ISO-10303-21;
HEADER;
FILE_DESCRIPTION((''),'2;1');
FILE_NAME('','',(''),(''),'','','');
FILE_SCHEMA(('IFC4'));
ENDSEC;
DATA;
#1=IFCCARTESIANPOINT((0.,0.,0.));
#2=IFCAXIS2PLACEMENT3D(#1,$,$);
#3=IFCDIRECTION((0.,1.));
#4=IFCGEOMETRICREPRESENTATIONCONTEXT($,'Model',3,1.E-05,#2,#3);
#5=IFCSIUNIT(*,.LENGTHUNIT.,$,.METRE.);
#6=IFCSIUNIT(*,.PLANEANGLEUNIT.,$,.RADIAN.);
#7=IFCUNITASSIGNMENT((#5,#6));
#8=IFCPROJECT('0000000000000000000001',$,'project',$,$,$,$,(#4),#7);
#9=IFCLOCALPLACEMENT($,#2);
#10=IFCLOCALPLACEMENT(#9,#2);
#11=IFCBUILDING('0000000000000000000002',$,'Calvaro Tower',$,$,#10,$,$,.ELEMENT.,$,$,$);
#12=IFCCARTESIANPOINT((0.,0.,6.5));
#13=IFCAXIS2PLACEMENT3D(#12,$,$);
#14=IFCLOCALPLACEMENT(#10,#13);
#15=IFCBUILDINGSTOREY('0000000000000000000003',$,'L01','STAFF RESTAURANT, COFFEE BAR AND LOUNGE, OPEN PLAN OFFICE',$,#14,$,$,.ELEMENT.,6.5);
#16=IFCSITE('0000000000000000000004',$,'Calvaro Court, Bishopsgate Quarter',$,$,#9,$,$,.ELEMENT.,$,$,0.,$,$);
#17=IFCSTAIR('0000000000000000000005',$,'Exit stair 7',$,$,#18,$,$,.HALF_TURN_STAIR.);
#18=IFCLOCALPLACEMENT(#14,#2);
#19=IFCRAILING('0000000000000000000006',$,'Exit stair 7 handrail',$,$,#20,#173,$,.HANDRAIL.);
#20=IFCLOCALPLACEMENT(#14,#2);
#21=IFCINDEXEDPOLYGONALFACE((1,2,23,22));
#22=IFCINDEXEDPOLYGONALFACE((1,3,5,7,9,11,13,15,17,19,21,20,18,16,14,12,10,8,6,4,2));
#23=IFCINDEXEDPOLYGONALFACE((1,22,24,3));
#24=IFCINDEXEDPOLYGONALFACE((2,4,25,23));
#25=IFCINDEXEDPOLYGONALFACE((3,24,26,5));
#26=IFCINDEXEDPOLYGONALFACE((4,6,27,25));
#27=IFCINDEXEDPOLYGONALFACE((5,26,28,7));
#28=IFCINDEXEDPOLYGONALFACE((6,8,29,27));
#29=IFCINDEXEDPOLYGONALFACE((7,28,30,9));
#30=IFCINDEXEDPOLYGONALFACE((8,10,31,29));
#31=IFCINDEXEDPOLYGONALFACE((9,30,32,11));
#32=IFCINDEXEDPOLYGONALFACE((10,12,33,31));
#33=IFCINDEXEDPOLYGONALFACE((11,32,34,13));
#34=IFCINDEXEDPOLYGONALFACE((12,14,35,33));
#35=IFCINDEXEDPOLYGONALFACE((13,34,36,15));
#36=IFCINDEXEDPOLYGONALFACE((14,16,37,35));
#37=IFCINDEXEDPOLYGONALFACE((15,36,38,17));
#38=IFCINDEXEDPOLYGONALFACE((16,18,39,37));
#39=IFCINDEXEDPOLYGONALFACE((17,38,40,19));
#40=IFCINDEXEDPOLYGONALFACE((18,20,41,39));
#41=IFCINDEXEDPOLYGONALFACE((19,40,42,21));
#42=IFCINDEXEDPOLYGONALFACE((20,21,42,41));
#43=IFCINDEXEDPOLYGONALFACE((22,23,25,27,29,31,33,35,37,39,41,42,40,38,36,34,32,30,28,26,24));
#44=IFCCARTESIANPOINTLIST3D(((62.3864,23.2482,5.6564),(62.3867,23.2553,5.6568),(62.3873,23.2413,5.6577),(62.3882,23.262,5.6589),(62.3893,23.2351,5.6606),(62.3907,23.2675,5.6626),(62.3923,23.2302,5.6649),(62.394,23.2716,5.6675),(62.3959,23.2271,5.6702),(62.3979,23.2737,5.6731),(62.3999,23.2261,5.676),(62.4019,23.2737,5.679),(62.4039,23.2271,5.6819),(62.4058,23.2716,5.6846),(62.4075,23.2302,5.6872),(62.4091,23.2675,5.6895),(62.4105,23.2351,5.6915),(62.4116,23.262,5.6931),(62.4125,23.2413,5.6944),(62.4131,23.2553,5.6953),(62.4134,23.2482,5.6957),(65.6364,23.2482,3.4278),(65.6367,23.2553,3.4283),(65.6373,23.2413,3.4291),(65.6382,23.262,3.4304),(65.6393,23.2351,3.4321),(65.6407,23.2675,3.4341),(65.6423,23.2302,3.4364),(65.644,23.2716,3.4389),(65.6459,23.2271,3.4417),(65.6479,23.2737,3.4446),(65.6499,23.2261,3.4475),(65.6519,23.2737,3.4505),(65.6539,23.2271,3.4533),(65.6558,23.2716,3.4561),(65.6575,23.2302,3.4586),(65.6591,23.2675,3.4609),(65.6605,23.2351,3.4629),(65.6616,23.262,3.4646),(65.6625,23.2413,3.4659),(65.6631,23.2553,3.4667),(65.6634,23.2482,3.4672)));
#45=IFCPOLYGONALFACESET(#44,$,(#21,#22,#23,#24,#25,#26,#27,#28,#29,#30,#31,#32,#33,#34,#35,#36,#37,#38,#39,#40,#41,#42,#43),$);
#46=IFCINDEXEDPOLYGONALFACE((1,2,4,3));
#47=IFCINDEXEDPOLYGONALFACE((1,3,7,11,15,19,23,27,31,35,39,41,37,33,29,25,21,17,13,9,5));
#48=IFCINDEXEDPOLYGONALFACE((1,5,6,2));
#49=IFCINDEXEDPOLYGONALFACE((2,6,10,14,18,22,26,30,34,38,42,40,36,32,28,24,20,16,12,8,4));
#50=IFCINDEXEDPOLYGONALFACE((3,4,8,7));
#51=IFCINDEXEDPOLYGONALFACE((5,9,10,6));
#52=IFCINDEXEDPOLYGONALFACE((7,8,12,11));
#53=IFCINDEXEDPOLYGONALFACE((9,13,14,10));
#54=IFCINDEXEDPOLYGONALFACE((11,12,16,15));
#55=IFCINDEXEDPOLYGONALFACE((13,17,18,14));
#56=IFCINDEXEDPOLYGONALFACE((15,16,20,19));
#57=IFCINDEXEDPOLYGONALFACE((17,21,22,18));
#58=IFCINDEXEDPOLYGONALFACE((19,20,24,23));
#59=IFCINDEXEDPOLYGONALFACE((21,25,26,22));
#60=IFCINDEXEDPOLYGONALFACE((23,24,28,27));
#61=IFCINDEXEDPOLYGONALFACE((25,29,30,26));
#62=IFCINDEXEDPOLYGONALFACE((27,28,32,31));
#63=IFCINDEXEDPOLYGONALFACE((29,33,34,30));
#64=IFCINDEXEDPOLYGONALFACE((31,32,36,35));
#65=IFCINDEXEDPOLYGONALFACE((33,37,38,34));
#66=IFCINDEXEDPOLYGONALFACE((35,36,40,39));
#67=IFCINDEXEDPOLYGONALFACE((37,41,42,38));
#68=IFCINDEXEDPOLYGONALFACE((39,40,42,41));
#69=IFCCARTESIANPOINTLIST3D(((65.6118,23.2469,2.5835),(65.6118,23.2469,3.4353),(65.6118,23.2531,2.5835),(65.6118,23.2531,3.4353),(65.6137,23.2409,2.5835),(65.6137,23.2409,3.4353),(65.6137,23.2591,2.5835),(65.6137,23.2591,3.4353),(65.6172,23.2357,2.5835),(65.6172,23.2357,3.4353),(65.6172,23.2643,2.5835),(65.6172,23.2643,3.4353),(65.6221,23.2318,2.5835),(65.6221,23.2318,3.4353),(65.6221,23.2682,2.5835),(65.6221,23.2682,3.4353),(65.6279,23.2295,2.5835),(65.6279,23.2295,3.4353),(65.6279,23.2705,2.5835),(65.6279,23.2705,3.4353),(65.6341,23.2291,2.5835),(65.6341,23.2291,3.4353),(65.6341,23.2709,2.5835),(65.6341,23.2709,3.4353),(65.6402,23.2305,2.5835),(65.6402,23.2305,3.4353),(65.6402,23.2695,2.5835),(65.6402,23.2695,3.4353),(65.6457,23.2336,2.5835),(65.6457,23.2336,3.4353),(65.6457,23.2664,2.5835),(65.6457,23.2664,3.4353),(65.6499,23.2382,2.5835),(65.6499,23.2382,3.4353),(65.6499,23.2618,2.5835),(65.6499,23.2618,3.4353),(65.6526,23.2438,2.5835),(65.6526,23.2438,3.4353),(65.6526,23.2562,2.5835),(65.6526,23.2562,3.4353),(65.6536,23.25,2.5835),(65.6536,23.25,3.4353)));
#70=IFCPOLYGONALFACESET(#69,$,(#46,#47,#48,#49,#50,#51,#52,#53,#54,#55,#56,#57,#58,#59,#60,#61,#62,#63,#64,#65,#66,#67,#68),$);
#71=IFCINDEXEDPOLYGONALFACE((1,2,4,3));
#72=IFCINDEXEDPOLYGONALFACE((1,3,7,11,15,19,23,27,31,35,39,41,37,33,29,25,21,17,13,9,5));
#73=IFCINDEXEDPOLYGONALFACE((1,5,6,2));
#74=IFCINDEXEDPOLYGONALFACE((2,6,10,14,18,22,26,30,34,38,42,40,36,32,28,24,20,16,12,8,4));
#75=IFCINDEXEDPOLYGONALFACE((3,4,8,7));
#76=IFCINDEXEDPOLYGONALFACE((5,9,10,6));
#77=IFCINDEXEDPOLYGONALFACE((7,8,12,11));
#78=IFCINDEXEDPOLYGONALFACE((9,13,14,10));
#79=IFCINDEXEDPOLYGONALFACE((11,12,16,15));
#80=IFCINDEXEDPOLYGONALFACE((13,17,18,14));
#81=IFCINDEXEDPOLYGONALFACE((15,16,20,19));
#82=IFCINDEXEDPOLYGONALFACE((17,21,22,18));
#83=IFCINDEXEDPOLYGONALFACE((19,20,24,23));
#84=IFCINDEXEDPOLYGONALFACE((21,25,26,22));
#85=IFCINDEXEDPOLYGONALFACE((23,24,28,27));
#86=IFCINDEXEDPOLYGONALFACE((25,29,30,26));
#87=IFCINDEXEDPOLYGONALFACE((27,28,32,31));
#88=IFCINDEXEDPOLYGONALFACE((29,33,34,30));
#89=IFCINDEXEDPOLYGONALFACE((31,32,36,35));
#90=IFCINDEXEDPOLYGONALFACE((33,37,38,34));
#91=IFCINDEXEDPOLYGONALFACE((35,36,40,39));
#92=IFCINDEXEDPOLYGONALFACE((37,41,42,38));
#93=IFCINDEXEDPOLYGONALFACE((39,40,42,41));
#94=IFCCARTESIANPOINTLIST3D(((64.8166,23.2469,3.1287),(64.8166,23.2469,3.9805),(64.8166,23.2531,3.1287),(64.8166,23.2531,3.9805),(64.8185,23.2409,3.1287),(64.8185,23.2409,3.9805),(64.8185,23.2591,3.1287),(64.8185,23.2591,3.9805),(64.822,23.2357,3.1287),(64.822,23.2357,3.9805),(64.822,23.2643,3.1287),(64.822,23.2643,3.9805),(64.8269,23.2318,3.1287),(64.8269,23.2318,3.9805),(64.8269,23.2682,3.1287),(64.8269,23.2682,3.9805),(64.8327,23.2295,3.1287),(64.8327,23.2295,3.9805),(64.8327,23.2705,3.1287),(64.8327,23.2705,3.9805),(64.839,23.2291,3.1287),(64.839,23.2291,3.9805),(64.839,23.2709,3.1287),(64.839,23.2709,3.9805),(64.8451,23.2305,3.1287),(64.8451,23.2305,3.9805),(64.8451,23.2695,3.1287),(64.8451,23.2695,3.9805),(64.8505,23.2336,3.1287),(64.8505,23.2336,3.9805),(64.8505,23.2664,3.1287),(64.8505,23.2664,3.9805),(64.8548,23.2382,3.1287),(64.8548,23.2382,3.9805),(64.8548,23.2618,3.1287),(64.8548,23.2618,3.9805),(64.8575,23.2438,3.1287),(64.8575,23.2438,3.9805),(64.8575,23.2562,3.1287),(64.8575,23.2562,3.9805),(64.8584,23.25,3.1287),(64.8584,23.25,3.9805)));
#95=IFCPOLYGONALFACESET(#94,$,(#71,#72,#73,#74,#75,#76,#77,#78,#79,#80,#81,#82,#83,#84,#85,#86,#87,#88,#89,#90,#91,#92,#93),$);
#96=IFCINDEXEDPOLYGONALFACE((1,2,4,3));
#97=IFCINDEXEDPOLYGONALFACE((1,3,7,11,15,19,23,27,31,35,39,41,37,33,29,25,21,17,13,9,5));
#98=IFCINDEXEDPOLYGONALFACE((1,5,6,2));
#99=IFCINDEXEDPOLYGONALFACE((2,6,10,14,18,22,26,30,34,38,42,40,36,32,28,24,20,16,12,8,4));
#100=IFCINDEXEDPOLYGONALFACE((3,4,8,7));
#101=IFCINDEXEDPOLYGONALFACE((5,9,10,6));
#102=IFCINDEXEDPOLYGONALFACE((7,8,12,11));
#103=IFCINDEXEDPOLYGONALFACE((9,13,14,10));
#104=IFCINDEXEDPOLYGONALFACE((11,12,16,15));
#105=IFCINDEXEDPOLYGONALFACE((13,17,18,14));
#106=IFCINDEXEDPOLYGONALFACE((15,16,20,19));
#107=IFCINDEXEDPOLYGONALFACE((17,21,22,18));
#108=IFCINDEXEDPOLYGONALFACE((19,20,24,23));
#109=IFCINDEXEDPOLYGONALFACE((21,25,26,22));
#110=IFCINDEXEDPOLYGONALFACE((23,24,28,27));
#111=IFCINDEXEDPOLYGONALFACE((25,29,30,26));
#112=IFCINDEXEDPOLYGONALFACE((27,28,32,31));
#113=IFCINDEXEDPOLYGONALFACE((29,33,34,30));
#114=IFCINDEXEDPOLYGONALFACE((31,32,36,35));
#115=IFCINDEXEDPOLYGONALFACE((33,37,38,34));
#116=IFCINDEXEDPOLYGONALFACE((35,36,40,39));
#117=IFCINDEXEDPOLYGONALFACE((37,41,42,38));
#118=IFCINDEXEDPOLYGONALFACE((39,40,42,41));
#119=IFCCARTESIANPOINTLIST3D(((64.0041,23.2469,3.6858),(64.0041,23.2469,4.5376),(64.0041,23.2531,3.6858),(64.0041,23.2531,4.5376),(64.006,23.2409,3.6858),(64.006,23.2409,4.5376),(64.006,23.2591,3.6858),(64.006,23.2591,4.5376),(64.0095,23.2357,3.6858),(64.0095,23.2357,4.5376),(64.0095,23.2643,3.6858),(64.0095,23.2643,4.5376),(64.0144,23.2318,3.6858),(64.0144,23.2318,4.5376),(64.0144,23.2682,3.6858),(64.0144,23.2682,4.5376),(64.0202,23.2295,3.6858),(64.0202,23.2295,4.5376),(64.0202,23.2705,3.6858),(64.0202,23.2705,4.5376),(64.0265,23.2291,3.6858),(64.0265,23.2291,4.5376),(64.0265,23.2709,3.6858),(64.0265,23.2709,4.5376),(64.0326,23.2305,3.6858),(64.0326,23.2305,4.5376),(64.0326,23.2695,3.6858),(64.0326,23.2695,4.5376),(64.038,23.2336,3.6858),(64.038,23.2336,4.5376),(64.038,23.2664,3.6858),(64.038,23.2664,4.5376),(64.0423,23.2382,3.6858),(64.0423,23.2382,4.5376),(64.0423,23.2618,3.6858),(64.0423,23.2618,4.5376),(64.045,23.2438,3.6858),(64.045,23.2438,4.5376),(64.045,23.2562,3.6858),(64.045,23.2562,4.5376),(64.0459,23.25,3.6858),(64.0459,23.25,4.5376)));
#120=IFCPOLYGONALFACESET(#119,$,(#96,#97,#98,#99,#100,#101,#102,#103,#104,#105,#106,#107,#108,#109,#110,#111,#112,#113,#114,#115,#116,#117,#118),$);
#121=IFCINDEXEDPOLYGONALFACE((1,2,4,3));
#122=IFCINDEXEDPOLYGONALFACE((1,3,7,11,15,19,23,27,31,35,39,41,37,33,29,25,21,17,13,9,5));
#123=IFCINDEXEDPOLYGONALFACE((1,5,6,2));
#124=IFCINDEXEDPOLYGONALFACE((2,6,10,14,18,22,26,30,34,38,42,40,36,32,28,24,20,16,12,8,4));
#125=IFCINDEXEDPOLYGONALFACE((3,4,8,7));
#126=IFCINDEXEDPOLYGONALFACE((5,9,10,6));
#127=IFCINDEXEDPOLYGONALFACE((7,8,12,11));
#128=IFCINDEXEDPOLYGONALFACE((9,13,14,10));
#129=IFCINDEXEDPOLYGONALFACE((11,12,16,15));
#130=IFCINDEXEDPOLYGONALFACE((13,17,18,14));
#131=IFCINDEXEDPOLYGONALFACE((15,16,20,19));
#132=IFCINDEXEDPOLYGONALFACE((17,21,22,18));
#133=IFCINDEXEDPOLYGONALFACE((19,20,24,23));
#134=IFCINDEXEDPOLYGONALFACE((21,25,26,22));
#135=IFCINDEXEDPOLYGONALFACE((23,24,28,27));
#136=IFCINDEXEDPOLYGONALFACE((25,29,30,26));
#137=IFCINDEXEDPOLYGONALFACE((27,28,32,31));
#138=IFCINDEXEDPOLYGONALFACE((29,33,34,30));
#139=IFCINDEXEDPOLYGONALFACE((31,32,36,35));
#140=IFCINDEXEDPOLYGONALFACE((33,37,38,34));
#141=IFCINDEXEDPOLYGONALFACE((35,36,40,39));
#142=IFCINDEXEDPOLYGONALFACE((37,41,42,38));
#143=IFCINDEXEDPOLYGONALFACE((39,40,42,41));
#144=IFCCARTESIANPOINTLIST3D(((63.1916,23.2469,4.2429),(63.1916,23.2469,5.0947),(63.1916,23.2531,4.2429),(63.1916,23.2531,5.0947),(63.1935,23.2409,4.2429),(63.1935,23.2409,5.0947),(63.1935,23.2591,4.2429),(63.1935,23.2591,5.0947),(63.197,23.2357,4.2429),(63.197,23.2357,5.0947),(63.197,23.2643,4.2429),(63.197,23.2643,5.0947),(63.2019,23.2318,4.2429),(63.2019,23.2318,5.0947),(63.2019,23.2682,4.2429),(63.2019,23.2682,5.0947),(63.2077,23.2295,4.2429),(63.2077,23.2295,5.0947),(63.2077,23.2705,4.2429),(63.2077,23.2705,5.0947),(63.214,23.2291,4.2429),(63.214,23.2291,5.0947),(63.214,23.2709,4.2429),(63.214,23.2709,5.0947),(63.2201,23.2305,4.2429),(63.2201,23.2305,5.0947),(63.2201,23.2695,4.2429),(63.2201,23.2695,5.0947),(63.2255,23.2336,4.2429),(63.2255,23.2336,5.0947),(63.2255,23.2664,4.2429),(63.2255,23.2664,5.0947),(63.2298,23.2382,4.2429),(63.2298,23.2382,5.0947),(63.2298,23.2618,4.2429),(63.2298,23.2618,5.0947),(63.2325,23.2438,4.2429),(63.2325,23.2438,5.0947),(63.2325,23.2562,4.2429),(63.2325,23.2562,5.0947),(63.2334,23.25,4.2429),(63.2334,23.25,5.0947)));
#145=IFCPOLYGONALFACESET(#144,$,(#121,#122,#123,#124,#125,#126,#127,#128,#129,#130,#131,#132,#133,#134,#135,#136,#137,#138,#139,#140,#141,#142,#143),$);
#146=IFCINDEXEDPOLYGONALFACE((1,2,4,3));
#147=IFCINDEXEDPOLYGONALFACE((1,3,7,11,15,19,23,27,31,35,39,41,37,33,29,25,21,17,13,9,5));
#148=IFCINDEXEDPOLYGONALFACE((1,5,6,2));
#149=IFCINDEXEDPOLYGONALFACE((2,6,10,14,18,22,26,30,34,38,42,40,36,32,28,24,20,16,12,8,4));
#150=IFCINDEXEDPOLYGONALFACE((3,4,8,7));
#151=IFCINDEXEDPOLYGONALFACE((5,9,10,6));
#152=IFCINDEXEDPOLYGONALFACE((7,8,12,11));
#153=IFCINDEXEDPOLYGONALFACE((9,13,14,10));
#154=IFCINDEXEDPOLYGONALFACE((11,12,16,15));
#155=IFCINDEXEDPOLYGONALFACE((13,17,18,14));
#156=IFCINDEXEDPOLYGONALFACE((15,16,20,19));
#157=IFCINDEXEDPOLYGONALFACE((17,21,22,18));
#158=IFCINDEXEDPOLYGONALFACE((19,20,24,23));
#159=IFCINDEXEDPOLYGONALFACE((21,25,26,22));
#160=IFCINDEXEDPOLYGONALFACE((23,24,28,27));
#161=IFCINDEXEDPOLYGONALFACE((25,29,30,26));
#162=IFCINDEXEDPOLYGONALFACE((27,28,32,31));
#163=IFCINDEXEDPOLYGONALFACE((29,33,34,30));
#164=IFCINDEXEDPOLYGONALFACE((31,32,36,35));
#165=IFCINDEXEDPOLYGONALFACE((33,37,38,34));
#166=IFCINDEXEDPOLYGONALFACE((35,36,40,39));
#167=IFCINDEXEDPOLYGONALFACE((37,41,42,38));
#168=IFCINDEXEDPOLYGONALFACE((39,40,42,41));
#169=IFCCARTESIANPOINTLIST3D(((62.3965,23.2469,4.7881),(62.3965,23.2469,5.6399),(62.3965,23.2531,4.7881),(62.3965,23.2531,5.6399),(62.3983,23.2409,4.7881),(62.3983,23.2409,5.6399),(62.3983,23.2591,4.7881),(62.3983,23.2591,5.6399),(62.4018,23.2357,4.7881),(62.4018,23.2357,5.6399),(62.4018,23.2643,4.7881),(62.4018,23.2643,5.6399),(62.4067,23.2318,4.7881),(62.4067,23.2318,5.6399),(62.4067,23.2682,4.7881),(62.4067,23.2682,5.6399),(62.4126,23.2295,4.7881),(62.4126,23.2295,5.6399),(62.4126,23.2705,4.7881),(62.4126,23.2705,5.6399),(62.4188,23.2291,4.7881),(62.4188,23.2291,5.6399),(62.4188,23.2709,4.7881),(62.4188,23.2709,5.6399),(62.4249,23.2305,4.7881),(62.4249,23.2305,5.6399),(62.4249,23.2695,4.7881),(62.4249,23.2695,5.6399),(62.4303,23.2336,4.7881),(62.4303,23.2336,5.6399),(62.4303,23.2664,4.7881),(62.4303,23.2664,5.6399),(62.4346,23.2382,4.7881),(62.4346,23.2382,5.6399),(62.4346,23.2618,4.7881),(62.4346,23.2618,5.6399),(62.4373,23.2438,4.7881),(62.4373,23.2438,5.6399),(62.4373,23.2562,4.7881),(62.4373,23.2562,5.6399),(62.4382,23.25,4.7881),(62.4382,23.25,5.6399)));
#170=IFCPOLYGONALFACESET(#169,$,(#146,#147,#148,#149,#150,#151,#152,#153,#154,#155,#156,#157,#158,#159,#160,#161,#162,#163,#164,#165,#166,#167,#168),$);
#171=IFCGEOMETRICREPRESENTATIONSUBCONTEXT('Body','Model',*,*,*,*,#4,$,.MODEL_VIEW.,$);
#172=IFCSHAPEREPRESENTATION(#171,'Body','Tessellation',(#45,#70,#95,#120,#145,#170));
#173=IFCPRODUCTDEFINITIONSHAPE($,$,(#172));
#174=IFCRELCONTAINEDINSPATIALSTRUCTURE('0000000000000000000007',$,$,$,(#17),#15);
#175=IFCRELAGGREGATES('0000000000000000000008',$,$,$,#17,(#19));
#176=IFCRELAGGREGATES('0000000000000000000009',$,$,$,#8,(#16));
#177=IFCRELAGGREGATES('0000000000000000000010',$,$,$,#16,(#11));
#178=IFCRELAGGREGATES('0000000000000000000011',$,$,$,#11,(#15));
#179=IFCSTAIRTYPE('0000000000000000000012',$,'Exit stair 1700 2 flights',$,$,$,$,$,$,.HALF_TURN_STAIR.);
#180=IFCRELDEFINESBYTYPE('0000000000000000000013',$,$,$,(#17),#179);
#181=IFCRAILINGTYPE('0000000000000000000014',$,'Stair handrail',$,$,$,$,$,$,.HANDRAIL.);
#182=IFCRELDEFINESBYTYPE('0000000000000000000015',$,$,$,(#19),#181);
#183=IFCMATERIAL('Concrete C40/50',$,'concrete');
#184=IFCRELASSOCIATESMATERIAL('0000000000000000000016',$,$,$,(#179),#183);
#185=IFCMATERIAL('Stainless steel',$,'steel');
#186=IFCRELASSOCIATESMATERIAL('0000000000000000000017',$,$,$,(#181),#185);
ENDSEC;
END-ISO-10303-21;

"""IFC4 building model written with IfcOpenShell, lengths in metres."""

from ifc_helpers import new_model, si_unit, direction, frame, origin, origin_2d, place, context, subcontext, project, spatial, circle, extrude, material, type_object, element, aggregate, save


model = new_model("IFC4")

# Units and contexts
model_context = context("Model", 3, precision=1e-05, world=origin(), true_north=direction((0.0, 1.0)))
body_context = subcontext(model_context, "Body", "Model", "MODEL_VIEW")
ifc_project = project(units=[si_unit("LENGTHUNIT", "METRE"), si_unit("PLANEANGLEUNIT", "RADIAN")], contexts=[model_context])

# Site, building, storey
site_placement = place(None, origin())
site = spatial("IfcSite", under=ifc_project, at=site_placement, Name="Calvaro Court, Bishopsgate Quarter", CompositionType="ELEMENT", RefElevation=0.0)
building_placement = place(site_placement, origin())
building = spatial("IfcBuilding", under=site, at=building_placement, Name="Calvaro Tower", CompositionType="ELEMENT")
storey_placement = place(building_placement, frame((0.0, 0.0, 6.5)))
storey = spatial("IfcBuildingStorey", under=building, at=storey_placement, Name="L01", Description="STAFF RESTAURANT, COFFEE BAR AND LOUNGE, OPEN PLAN OFFICE", CompositionType="ELEMENT", Elevation=6.5)

# Stair, railing
ifc_material_1 = material(Name="Concrete C40/50", Category="concrete")
stair_type = type_object("IfcStairType", Name="Exit stair 1700 2 flights", PredefinedType="HALF_TURN_STAIR", material=ifc_material_1)
stair_placement = place(storey_placement, origin())
stair = element("IfcStair", 1, at=stair_placement, inside=storey, type_object=stair_type, Name="Exit stair 7", PredefinedType="HALF_TURN_STAIR")
ifc_material_2 = material(Name="Stainless steel", Category="steel")
railing_type = type_object("IfcRailingType", Name="Stair handrail", PredefinedType="HANDRAIL", material=ifc_material_2)
railing_1_placement = place(storey_placement, frame((65.6499, 23.25, 2.5715)))
railing_1 = element("IfcRailing", 2, at=railing_1_placement, type_object=railing_type, Name="Exit stair 7 handrail", PredefinedType="HANDRAIL", context=body_context, shape_type="SweptSolid", body=[
    extrude(circle(Radius=0.0239, at=origin_2d()), frame((0.0, 0.0, 0.876), z_axis=(-0.824735, 0.0, 0.565519), x_axis=(0.0, -1.0, 0.0)), (0.0, 0.0, 1.0), 3.9407),
    extrude(circle(Radius=0.021, at=origin_2d()), frame((-0.0173, 0.0, 0.012)), (0.0, 0.0, 1.0), 0.8518),
    extrude(circle(Radius=0.021, at=origin_2d()), frame((-0.8125, 0.0, 0.5571)), (0.0, 0.0, 1.0), 0.8518),
    extrude(circle(Radius=0.021, at=origin_2d()), frame((-1.625, 0.0, 1.1143)), (0.0, 0.0, 1.0), 0.8518),
    extrude(circle(Radius=0.021, at=origin_2d()), frame((-2.4375, 0.0, 1.6714)), (0.0, 0.0, 1.0), 0.8518),
    extrude(circle(Radius=0.021, at=origin_2d()), frame((-3.2327, 0.0, 2.2166)), (0.0, 0.0, 1.0), 0.8518),
])
aggregate(stair, [railing_1])

save(model, "model.ifc")
